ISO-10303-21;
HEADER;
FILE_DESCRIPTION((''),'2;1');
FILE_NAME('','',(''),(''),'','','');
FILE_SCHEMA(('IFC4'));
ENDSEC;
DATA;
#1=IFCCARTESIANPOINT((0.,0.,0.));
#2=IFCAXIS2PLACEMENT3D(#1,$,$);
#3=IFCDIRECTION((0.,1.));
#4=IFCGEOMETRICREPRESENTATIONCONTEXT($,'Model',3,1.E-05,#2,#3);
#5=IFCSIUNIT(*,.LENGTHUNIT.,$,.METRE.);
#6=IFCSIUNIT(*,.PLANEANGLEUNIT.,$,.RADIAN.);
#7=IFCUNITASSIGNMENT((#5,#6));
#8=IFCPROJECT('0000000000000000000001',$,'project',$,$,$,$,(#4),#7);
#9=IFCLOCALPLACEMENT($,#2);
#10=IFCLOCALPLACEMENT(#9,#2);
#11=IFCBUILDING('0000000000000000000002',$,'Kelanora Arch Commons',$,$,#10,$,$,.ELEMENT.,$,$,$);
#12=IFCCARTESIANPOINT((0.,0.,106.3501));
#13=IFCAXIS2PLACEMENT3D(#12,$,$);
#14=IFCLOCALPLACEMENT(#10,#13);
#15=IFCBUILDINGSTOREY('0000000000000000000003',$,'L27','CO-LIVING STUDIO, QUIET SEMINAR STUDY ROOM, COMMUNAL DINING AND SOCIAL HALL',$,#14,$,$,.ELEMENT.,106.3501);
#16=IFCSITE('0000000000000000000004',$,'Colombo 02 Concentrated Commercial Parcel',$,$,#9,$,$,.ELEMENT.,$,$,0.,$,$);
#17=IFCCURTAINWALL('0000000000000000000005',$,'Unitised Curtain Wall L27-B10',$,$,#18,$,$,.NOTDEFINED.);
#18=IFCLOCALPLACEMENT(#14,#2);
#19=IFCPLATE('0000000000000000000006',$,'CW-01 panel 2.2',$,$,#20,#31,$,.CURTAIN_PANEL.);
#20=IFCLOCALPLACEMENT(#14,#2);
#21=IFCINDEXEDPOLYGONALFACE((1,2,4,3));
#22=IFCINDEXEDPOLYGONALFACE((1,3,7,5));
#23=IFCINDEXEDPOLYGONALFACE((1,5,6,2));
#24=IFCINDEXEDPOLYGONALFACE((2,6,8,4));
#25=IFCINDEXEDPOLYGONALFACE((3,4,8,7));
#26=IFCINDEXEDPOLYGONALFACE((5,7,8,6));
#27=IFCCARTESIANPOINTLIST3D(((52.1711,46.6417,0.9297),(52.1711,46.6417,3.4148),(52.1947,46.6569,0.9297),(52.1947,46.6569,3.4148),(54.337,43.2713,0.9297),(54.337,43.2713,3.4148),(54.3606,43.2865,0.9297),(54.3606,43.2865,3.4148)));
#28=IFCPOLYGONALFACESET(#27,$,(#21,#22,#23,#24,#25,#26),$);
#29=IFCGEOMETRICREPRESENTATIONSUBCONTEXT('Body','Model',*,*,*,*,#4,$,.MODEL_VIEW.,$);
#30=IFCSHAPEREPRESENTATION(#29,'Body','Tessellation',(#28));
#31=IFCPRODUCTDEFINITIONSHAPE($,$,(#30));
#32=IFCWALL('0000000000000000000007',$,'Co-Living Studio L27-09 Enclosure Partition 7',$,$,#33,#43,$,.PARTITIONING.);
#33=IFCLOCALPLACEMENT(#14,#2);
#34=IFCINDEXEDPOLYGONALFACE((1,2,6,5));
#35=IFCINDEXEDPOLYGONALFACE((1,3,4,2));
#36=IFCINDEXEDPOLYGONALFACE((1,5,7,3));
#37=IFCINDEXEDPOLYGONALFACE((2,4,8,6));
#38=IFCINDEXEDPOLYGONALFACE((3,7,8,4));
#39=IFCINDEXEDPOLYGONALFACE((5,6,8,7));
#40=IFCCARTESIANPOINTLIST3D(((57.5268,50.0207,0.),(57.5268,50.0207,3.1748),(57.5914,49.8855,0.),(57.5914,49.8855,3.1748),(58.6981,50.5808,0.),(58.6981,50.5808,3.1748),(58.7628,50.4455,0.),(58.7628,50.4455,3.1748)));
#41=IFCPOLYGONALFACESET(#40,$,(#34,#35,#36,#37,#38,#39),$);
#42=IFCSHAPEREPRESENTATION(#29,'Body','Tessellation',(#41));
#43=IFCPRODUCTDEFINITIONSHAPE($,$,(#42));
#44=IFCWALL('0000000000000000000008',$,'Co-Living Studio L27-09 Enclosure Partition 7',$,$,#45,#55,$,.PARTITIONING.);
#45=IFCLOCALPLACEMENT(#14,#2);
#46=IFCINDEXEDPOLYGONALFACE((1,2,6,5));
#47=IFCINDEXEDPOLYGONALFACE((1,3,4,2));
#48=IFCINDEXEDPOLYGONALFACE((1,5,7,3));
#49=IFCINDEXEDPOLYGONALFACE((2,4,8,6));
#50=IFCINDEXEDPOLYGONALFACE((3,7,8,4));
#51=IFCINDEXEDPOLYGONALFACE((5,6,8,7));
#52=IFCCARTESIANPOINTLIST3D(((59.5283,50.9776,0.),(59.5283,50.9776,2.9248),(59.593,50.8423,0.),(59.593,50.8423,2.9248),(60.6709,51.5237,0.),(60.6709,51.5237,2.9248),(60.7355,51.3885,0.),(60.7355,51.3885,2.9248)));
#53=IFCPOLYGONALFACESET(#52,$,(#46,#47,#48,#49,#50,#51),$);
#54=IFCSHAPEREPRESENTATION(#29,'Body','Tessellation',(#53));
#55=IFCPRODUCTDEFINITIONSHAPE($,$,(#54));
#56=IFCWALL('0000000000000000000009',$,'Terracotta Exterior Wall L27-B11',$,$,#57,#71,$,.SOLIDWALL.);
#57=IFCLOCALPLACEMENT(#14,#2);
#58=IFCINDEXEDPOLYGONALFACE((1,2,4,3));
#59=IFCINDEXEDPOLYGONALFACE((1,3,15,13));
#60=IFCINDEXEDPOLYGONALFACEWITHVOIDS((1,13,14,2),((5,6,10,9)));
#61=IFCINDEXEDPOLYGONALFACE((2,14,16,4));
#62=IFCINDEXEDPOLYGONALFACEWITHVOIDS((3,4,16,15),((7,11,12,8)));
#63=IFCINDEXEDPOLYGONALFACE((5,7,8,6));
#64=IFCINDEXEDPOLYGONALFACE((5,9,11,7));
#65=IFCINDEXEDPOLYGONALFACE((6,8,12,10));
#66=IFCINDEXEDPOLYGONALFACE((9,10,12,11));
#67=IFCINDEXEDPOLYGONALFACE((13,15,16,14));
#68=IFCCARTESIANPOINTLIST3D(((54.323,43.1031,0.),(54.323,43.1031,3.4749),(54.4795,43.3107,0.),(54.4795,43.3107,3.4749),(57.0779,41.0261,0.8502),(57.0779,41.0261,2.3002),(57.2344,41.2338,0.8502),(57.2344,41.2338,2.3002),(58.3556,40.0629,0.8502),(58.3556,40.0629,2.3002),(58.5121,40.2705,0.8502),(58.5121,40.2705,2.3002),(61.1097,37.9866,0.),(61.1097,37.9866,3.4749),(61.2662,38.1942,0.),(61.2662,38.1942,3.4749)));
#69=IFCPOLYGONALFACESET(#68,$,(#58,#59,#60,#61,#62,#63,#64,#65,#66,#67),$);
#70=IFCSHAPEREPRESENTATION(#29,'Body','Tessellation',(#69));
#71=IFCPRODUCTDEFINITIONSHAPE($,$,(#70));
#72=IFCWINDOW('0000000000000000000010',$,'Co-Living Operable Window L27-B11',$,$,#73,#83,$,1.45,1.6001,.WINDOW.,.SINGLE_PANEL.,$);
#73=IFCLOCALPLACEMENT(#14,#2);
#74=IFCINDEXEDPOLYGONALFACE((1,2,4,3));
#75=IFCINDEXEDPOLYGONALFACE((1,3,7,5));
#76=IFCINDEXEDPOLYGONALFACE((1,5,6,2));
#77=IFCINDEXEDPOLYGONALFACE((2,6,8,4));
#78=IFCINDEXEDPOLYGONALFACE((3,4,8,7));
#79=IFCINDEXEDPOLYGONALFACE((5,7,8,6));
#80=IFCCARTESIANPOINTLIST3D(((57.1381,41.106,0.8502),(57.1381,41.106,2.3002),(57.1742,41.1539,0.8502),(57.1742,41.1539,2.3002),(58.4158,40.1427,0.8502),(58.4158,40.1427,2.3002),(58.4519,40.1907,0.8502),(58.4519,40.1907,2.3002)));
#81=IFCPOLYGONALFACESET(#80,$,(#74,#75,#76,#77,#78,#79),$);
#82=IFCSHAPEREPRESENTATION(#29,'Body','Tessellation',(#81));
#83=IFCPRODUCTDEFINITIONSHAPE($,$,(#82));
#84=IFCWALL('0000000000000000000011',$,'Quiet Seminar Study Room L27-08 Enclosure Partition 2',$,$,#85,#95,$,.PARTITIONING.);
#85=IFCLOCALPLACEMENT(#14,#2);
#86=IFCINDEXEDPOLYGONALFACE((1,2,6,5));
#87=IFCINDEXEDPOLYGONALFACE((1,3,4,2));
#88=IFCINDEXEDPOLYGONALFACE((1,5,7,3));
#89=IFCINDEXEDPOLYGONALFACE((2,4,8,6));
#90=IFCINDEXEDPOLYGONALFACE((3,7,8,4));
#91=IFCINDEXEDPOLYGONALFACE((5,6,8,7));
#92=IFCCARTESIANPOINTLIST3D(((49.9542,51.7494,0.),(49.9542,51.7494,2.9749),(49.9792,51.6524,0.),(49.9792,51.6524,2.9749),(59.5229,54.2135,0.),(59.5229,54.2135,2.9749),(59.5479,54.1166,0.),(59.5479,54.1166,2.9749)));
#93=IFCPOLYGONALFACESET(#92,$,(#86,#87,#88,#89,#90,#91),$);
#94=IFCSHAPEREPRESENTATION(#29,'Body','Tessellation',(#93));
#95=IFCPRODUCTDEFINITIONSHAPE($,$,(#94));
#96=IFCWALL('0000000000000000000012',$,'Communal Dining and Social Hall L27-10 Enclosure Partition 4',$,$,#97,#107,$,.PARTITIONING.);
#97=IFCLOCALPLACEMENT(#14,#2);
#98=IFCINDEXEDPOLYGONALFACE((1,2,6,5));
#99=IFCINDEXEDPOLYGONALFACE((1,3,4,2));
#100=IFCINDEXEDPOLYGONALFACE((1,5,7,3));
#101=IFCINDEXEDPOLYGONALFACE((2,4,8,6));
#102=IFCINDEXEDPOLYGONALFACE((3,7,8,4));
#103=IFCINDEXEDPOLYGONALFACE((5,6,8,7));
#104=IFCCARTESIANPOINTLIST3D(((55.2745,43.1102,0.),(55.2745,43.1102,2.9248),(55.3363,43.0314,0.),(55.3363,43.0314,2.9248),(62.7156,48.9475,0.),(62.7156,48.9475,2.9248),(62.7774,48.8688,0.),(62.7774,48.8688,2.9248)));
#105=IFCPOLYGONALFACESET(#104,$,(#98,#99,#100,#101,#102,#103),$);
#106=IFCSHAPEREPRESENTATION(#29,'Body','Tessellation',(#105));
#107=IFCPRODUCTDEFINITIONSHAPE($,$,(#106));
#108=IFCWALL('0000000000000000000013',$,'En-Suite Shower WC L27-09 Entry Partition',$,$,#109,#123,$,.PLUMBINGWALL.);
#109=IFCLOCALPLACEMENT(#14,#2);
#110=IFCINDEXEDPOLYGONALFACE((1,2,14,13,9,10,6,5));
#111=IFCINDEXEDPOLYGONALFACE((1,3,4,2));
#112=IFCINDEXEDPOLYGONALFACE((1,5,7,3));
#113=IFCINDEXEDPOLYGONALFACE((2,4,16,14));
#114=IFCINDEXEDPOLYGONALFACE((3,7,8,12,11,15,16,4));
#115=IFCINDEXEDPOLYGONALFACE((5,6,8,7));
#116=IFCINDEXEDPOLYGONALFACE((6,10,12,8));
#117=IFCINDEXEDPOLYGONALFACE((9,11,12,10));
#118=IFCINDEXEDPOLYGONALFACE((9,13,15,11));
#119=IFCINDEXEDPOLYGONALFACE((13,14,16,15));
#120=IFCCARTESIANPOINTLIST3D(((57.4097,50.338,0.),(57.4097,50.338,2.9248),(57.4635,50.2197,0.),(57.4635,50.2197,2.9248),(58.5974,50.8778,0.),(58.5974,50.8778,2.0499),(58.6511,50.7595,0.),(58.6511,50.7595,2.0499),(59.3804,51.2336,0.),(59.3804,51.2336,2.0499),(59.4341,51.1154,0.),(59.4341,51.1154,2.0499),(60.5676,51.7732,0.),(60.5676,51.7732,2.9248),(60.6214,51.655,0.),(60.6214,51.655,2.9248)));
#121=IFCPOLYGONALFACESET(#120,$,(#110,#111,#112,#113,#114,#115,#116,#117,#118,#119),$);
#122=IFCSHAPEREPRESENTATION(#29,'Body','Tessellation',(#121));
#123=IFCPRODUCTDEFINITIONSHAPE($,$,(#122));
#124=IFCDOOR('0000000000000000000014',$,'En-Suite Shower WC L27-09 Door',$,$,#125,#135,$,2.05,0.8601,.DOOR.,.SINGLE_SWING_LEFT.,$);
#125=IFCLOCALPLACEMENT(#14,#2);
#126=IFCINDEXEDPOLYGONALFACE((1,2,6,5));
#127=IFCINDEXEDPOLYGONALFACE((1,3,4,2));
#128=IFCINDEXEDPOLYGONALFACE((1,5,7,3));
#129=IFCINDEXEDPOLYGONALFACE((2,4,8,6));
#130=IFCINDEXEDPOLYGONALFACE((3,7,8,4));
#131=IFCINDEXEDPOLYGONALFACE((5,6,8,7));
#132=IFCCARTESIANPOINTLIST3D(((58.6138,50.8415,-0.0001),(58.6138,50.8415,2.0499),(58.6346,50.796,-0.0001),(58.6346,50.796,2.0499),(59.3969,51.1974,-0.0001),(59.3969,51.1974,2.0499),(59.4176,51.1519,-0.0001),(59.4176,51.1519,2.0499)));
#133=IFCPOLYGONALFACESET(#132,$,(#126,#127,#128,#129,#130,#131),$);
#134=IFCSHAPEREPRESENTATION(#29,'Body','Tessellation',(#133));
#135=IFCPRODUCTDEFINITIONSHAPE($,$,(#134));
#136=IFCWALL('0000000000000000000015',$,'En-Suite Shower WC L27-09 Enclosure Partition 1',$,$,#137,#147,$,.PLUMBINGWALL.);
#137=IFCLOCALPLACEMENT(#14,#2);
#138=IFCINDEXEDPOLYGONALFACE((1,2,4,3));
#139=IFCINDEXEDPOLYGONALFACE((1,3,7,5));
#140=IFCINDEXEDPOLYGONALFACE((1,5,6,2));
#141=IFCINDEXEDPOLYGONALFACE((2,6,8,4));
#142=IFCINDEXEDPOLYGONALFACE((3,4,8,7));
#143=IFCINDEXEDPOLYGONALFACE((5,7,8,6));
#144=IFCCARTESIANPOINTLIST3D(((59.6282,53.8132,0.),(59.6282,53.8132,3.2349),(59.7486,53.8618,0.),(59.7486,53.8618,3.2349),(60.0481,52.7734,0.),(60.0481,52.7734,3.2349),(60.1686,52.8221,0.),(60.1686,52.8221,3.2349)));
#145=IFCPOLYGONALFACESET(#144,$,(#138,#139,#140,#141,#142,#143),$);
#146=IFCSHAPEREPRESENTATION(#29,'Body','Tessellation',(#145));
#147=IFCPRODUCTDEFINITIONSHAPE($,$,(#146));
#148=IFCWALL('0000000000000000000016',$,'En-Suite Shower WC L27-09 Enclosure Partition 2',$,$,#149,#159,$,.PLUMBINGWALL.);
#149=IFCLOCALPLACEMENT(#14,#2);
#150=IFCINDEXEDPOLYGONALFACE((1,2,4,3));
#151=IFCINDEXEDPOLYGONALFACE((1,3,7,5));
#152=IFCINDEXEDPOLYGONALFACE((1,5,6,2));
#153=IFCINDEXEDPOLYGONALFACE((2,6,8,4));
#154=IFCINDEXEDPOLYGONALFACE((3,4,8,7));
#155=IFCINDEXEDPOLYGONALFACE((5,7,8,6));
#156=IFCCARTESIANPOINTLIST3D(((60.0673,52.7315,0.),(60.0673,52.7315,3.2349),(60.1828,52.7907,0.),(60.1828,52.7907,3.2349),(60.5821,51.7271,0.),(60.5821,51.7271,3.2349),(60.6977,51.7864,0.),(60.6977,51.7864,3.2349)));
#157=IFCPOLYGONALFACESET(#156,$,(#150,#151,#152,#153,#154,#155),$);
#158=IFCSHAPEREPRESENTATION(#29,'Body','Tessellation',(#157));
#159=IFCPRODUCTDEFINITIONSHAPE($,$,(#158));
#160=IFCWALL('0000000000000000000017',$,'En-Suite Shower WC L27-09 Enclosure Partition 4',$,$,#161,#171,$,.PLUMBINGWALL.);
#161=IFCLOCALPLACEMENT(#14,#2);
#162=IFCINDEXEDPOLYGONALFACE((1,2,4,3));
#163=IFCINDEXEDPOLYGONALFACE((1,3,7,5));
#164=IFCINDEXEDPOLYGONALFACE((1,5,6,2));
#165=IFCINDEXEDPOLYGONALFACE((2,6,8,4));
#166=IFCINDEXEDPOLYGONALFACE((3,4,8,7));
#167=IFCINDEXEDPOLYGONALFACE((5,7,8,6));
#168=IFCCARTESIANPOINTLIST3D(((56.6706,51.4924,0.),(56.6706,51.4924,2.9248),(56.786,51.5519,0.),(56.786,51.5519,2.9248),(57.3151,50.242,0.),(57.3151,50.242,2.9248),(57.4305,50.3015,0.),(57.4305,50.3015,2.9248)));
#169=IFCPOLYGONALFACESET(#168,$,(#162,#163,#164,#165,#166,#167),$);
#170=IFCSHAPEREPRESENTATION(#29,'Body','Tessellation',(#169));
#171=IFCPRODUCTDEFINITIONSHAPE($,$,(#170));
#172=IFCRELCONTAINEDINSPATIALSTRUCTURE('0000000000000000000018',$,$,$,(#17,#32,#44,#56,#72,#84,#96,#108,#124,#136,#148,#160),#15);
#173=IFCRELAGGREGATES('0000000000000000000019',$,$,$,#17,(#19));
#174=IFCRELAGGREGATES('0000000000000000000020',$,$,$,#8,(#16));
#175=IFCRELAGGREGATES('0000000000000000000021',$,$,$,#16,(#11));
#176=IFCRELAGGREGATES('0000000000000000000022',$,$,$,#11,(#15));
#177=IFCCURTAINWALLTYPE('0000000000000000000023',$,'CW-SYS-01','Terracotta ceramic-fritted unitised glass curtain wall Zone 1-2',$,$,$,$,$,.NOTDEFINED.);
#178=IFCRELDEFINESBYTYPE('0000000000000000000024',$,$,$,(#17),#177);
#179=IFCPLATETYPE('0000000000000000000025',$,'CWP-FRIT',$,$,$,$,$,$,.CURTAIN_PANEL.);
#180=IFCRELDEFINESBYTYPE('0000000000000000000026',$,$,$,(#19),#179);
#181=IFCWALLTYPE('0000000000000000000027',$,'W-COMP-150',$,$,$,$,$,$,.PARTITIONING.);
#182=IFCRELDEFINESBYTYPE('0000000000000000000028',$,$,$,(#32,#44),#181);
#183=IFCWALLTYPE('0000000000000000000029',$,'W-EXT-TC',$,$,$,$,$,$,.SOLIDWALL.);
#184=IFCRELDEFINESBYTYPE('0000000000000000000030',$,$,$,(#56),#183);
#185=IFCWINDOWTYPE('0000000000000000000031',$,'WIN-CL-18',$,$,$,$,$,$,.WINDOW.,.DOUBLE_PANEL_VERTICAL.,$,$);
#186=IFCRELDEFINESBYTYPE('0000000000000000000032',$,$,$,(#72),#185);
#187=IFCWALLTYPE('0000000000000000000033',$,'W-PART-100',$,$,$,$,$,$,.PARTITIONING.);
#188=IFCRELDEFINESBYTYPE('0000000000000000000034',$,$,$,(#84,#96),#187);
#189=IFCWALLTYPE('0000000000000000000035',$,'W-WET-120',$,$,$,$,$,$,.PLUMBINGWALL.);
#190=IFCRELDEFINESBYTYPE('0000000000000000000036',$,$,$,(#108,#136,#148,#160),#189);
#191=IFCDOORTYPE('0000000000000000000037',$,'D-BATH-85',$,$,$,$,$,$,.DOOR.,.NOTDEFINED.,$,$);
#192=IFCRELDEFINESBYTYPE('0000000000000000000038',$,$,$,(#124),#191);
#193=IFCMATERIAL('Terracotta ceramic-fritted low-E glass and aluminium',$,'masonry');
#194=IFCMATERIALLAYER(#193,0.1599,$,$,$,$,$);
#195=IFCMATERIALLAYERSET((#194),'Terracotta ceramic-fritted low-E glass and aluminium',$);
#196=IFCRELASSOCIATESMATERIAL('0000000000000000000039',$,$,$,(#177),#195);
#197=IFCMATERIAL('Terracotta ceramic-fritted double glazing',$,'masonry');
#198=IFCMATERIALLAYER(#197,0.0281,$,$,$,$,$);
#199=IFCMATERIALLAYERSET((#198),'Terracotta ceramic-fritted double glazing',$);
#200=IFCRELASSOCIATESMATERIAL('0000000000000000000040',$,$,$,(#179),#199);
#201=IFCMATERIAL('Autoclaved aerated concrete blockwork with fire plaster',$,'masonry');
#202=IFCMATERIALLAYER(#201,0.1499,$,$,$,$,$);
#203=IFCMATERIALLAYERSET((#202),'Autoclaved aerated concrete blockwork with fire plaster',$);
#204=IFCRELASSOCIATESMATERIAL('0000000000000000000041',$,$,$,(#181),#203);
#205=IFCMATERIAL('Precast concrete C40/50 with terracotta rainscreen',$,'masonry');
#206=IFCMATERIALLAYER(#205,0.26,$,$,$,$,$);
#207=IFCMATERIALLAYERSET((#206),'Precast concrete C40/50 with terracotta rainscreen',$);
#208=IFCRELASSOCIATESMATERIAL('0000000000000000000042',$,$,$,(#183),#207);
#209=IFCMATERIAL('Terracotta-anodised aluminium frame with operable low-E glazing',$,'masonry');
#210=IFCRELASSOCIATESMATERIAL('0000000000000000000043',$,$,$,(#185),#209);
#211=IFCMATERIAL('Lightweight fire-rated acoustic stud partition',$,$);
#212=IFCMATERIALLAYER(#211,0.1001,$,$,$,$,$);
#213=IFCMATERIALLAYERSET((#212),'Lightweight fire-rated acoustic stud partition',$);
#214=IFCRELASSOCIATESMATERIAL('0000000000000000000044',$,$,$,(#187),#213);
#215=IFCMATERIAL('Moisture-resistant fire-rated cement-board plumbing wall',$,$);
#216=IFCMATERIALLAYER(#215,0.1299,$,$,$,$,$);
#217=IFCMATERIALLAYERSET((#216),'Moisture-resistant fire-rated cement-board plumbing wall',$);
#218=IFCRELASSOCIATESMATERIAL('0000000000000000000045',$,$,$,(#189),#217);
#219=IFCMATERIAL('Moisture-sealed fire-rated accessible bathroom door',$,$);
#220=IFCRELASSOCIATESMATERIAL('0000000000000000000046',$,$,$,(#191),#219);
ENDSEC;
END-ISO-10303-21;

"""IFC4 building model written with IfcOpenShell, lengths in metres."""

from ifc_helpers import new_model, si_unit, direction, frame, frame_2d, origin, origin_2d, place, context, subcontext, project, spatial, rectangle, extrude, source, transform, mapped, material, layer, layer_set, type_object, element, fill, aggregate, save


model = new_model("IFC4")

# Units and contexts
model_context = context("Model", 3, precision=1e-05, world=origin(), true_north=direction((0.0, 1.0)))
body_context = subcontext(model_context, "Body", "Model", "MODEL_VIEW")
ifc_project = project(units=[si_unit("LENGTHUNIT", "METRE"), si_unit("PLANEANGLEUNIT", "RADIAN")], contexts=[model_context])

# Site, building, storey
site_placement = place(None, origin())
site = spatial("IfcSite", under=ifc_project, at=site_placement, Name="Colombo 02 Concentrated Commercial Parcel", CompositionType="ELEMENT", RefElevation=0.0)
building_placement = place(site_placement, origin())
building = spatial("IfcBuilding", under=site, at=building_placement, Name="Kelanora Arch Commons", CompositionType="ELEMENT")
storey_placement = place(building_placement, frame((0.0, 0.0, 106.3501)))
storey = spatial("IfcBuildingStorey", under=building, at=storey_placement, Name="L27", Description="CO-LIVING STUDIO, QUIET SEMINAR STUDY ROOM, COMMUNAL DINING AND SOCIAL HALL", CompositionType="ELEMENT", Elevation=106.3501)

# Curtain wall, plate
ifc_material_1 = material(Name="Terracotta ceramic-fritted low-E glass and aluminium", Category="masonry")
ifc_layer_1 = layer(ifc_material_1, 0.1599)
ifc_layer_set_1 = layer_set([ifc_layer_1], Name="Terracotta ceramic-fritted low-E glass and aluminium")
curtain_wall_type = type_object("IfcCurtainWallType", Name="CW-SYS-01", Description="Terracotta ceramic-fritted unitised glass curtain wall Zone 1-2", PredefinedType="NOTDEFINED", material=ifc_layer_set_1)
curtain_wall_placement = place(storey_placement, origin())
curtain_wall = element("IfcCurtainWall", 1, at=curtain_wall_placement, inside=storey, type_object=curtain_wall_type, Name="Unitised Curtain Wall L27-B10", PredefinedType="NOTDEFINED")
ifc_material_2 = material(Name="Terracotta ceramic-fritted double glazing", Category="masonry")
ifc_layer_2 = layer(ifc_material_2, 0.0281)
ifc_layer_set_2 = layer_set([ifc_layer_2], Name="Terracotta ceramic-fritted double glazing")
plate_type = type_object("IfcPlateType", Name="CWP-FRIT", PredefinedType="CURTAIN_PANEL", material=ifc_layer_set_2)
shared_shape_1 = source(origin(), body_context, "Body", "SweptSolid", [
    extrude(rectangle(XDim=4.0063, YDim=0.0281, at=origin_2d()), origin(), (0.0, 0.0, 1.0), 2.4851),
])
plate_1_placement = place(storey_placement, frame((53.2659, 44.9641, 0.9297), z_axis=(0.0, 0.0, 1.0), x_axis=(0.540617, -0.841269, 0.0)))
plate_1 = element("IfcPlate", 2, at=plate_1_placement, type_object=plate_type, Name="CW-01 panel 2.2", PredefinedType="CURTAIN_PANEL", context=body_context, shape_type="MappedRepresentation", body=[
    mapped(shared_shape_1, transform((0.0, 0.0, 0.0), scale=1.0)),
])
aggregate(curtain_wall, [plate_1])

# Walls
ifc_material_3 = material(Name="Autoclaved aerated concrete blockwork with fire plaster", Category="masonry")
ifc_layer_3 = layer(ifc_material_3, 0.1499)
ifc_layer_set_3 = layer_set([ifc_layer_3], Name="Autoclaved aerated concrete blockwork with fire plaster")
wall_type_1 = type_object("IfcWallType", Name="W-COMP-150", PredefinedType="PARTITIONING", material=ifc_layer_set_3)
wall_1_placement = place(storey_placement, frame((57.5591, 49.9531, 0.0), z_axis=(0.0, 0.0, 1.0), x_axis=(0.902185, 0.431349, 0.0)))
element("IfcWall", 3, at=wall_1_placement, inside=storey, type_object=wall_type_1, Name="Co-Living Studio L27-09 Enclosure Partition 7", PredefinedType="PARTITIONING", context=body_context, shape_type="SweptSolid", body=[
    extrude(rectangle(XDim=1.2983, YDim=0.1499, at=frame_2d((0.6492, 0.0))), origin(), (0.0, 0.0, 1.0), 3.1748),
])
wall_2_placement = place(storey_placement, frame((59.5605, 50.9099, 0.0), z_axis=(0.0, 0.0, 1.0), x_axis=(0.902229, 0.431258, 0.0)))
element("IfcWall", 4, at=wall_2_placement, inside=storey, type_object=wall_type_1, Name="Co-Living Studio L27-09 Enclosure Partition 7", PredefinedType="PARTITIONING", context=body_context, shape_type="SweptSolid", body=[
    extrude(rectangle(XDim=1.2664, YDim=0.1499, at=frame_2d((0.6333, 0.0))), origin(), (0.0, 0.0, 1.0), 2.9248),
])

# Wall, opening, window
ifc_material_4 = material(Name="Precast concrete C40/50 with terracotta rainscreen", Category="masonry")
ifc_layer_4 = layer(ifc_material_4, 0.26)
ifc_layer_set_4 = layer_set([ifc_layer_4], Name="Precast concrete C40/50 with terracotta rainscreen")
wall_type_2 = type_object("IfcWallType", Name="W-EXT-TC", PredefinedType="SOLIDWALL", material=ifc_layer_set_4)
wall_3_placement = place(storey_placement, frame((54.4014, 43.2068, 0.0), z_axis=(0.0, 0.0, 1.0), x_axis=(0.798502, -0.601993, 0.0)))
wall_3 = element("IfcWall", 5, at=wall_3_placement, inside=storey, type_object=wall_type_2, Name="Terracotta Exterior Wall L27-B11", PredefinedType="SOLIDWALL", context=body_context, shape_type="SweptSolid", body=[
    extrude(rectangle(XDim=8.4993, YDim=0.26, at=frame_2d((4.2495, 0.0))), origin(), (0.0, 0.0, 1.0), 3.4749),
])
opening_1_placement = place(wall_3_placement, frame((3.45, 0.0, 0.8501)))
opening_1 = element("IfcOpeningElement", 6, at=opening_1_placement, cuts=wall_3, PredefinedType="OPENING", context=body_context, shape_type="SweptSolid", body=[
    extrude(rectangle(XDim=1.6001, YDim=1.45, at=frame_2d((0.8, 0.7251))), frame((0.0, 0.1401, 0.0), z_axis=(0.0, -1.0, 0.0), x_axis=(1.0, 0.0, 0.0)), (0.0, 0.0, 1.0), 0.28),
])
ifc_material_5 = material(Name="Terracotta-anodised aluminium frame with operable low-E glazing", Category="masonry")
window_type = type_object("IfcWindowType", Name="WIN-CL-18", PartitioningType="DOUBLE_PANEL_VERTICAL", PredefinedType="WINDOW", material=ifc_material_5)
window_placement = place(opening_1_placement, origin())
window = element("IfcWindow", 7, at=window_placement, inside=storey, type_object=window_type, Name="Co-Living Operable Window L27-B11", OverallHeight=1.45, OverallWidth=1.6001, PartitioningType="SINGLE_PANEL", PredefinedType="WINDOW", context=body_context, shape_type="SweptSolid", body=[
    extrude(rectangle(XDim=1.6001, YDim=1.45, at=frame_2d((0.8, 0.7251))), frame((0.0, 0.03, 0.0), z_axis=(0.0, -1.0, 0.0), x_axis=(1.0, 0.0, 0.0)), (0.0, 0.0, 1.0), 0.0601),
])
fill(opening_1, window)

# Walls
ifc_material_6 = material(Name="Lightweight fire-rated acoustic stud partition")
ifc_layer_5 = layer(ifc_material_6, 0.1001)
ifc_layer_set_5 = layer_set([ifc_layer_5], Name="Lightweight fire-rated acoustic stud partition")
wall_type_3 = type_object("IfcWallType", Name="W-PART-100", PredefinedType="PARTITIONING", material=ifc_layer_set_5)
wall_4_placement = place(storey_placement, frame((59.5354, 54.165, 0.0), z_axis=(0.0, 0.0, 1.0), x_axis=(-0.968405, -0.249384, 0.0)))
element("IfcWall", 8, at=wall_4_placement, inside=storey, type_object=wall_type_3, Name="Quiet Seminar Study Room L27-08 Enclosure Partition 2", PredefinedType="PARTITIONING", context=body_context, shape_type="SweptSolid", body=[
    extrude(rectangle(XDim=9.8809, YDim=0.1001, at=frame_2d((4.9404, 0.0))), origin(), (0.0, 0.0, 1.0), 2.9749),
])
wall_5_placement = place(storey_placement, frame((55.3054, 43.0708, 0.0), z_axis=(0.0, 0.0, 1.0), x_axis=(0.786792, 0.617218, 0.0)))
element("IfcWall", 9, at=wall_5_placement, inside=storey, type_object=wall_type_3, Name="Communal Dining and Social Hall L27-10 Enclosure Partition 4", PredefinedType="PARTITIONING", context=body_context, shape_type="SweptSolid", body=[
    extrude(rectangle(XDim=9.4575, YDim=0.1001, at=frame_2d((4.7288, 0.0))), origin(), (0.0, 0.0, 1.0), 2.9248),
])

# Wall, opening, door
ifc_material_7 = material(Name="Moisture-resistant fire-rated cement-board plumbing wall")
ifc_layer_6 = layer(ifc_material_7, 0.1299)
ifc_layer_set_6 = layer_set([ifc_layer_6], Name="Moisture-resistant fire-rated cement-board plumbing wall")
wall_type_4 = type_object("IfcWallType", Name="W-WET-120", PredefinedType="PLUMBINGWALL", material=ifc_layer_set_6)
wall_6_placement = place(storey_placement, frame((60.5945, 51.7141, 0.0), z_axis=(0.0, 0.0, 1.0), x_axis=(-0.910381, -0.413771, 0.0)))
wall_6 = element("IfcWall", 10, at=wall_6_placement, inside=storey, type_object=wall_type_4, Name="En-Suite Shower WC L27-09 Entry Partition", PredefinedType="PLUMBINGWALL", context=body_context, shape_type="SweptSolid", body=[
    extrude(rectangle(XDim=3.4688, YDim=0.1299, at=frame_2d((1.7344, 0.0))), origin(), (0.0, 0.0, 1.0), 2.9248),
])
opening_2_placement = place(wall_6_placement, frame((1.304, 0.0, 0.0)))
opening_2 = element("IfcOpeningElement", 11, at=opening_2_placement, cuts=wall_6, PredefinedType="OPENING", context=body_context, shape_type="SweptSolid", body=[
    extrude(rectangle(XDim=0.8601, YDim=2.05, at=frame_2d((0.4302, 1.0249))), frame((0.0, 0.075, 0.0), z_axis=(0.0, -1.0, 0.0), x_axis=(1.0, 0.0, 0.0)), (0.0, 0.0, 1.0), 0.1499),
])
ifc_material_8 = material(Name="Moisture-sealed fire-rated accessible bathroom door")
door_type = type_object("IfcDoorType", Name="D-BATH-85", OperationType="NOTDEFINED", PredefinedType="DOOR", material=ifc_material_8)
door_placement = place(opening_2_placement, origin())
door = element("IfcDoor", 12, at=door_placement, inside=storey, type_object=door_type, Name="En-Suite Shower WC L27-09 Door", OperationType="SINGLE_SWING_LEFT", OverallHeight=2.05, OverallWidth=0.8601, PredefinedType="DOOR", context=body_context, shape_type="SweptSolid", body=[
    extrude(rectangle(XDim=0.8601, YDim=2.05, at=frame_2d((0.4302, 1.0249))), frame((0.0, 0.0249, 0.0), z_axis=(0.0, -1.0, 0.0), x_axis=(1.0, 0.0, 0.0)), (0.0, 0.0, 1.0), 0.05),
])
fill(opening_2, door)

# Walls
wall_7_placement = place(storey_placement, frame((59.6885, 53.8374, 0.0), z_axis=(0.0, 0.0, 1.0), x_axis=(0.374467, -0.92724, 0.0)))
element("IfcWall", 13, at=wall_7_placement, inside=storey, type_object=wall_type_4, Name="En-Suite Shower WC L27-09 Enclosure Partition 1", PredefinedType="PLUMBINGWALL", context=body_context, shape_type="SweptSolid", body=[
    extrude(rectangle(XDim=1.1213, YDim=0.1299, at=frame_2d((0.5605, 0.0))), origin(), (0.0, 0.0, 1.0), 3.2349),
])
wall_8_placement = place(storey_placement, frame((60.125, 52.7612, 0.0), z_axis=(0.0, 0.0, 1.0), x_axis=(0.456189, -0.889883, 0.0)))
element("IfcWall", 14, at=wall_8_placement, inside=storey, type_object=wall_type_4, Name="En-Suite Shower WC L27-09 Enclosure Partition 2", PredefinedType="PLUMBINGWALL", context=body_context, shape_type="SweptSolid", body=[
    extrude(rectangle(XDim=1.1287, YDim=0.1299, at=frame_2d((0.5645, 0.0))), origin(), (0.0, 0.0, 1.0), 3.2349),
])
wall_9_placement = place(storey_placement, frame((57.3728, 50.2717, 0.0), z_axis=(0.0, 0.0, 1.0), x_axis=(-0.458148, 0.888876, 0.0)))
element("IfcWall", 15, at=wall_9_placement, inside=storey, type_object=wall_type_4, Name="En-Suite Shower WC L27-09 Enclosure Partition 4", PredefinedType="PLUMBINGWALL", context=body_context, shape_type="SweptSolid", body=[
    extrude(rectangle(XDim=1.4067, YDim=0.1299, at=frame_2d((0.7034, 0.0))), origin(), (0.0, 0.0, 1.0), 2.9248),
])

save(model, "model.ifc")
